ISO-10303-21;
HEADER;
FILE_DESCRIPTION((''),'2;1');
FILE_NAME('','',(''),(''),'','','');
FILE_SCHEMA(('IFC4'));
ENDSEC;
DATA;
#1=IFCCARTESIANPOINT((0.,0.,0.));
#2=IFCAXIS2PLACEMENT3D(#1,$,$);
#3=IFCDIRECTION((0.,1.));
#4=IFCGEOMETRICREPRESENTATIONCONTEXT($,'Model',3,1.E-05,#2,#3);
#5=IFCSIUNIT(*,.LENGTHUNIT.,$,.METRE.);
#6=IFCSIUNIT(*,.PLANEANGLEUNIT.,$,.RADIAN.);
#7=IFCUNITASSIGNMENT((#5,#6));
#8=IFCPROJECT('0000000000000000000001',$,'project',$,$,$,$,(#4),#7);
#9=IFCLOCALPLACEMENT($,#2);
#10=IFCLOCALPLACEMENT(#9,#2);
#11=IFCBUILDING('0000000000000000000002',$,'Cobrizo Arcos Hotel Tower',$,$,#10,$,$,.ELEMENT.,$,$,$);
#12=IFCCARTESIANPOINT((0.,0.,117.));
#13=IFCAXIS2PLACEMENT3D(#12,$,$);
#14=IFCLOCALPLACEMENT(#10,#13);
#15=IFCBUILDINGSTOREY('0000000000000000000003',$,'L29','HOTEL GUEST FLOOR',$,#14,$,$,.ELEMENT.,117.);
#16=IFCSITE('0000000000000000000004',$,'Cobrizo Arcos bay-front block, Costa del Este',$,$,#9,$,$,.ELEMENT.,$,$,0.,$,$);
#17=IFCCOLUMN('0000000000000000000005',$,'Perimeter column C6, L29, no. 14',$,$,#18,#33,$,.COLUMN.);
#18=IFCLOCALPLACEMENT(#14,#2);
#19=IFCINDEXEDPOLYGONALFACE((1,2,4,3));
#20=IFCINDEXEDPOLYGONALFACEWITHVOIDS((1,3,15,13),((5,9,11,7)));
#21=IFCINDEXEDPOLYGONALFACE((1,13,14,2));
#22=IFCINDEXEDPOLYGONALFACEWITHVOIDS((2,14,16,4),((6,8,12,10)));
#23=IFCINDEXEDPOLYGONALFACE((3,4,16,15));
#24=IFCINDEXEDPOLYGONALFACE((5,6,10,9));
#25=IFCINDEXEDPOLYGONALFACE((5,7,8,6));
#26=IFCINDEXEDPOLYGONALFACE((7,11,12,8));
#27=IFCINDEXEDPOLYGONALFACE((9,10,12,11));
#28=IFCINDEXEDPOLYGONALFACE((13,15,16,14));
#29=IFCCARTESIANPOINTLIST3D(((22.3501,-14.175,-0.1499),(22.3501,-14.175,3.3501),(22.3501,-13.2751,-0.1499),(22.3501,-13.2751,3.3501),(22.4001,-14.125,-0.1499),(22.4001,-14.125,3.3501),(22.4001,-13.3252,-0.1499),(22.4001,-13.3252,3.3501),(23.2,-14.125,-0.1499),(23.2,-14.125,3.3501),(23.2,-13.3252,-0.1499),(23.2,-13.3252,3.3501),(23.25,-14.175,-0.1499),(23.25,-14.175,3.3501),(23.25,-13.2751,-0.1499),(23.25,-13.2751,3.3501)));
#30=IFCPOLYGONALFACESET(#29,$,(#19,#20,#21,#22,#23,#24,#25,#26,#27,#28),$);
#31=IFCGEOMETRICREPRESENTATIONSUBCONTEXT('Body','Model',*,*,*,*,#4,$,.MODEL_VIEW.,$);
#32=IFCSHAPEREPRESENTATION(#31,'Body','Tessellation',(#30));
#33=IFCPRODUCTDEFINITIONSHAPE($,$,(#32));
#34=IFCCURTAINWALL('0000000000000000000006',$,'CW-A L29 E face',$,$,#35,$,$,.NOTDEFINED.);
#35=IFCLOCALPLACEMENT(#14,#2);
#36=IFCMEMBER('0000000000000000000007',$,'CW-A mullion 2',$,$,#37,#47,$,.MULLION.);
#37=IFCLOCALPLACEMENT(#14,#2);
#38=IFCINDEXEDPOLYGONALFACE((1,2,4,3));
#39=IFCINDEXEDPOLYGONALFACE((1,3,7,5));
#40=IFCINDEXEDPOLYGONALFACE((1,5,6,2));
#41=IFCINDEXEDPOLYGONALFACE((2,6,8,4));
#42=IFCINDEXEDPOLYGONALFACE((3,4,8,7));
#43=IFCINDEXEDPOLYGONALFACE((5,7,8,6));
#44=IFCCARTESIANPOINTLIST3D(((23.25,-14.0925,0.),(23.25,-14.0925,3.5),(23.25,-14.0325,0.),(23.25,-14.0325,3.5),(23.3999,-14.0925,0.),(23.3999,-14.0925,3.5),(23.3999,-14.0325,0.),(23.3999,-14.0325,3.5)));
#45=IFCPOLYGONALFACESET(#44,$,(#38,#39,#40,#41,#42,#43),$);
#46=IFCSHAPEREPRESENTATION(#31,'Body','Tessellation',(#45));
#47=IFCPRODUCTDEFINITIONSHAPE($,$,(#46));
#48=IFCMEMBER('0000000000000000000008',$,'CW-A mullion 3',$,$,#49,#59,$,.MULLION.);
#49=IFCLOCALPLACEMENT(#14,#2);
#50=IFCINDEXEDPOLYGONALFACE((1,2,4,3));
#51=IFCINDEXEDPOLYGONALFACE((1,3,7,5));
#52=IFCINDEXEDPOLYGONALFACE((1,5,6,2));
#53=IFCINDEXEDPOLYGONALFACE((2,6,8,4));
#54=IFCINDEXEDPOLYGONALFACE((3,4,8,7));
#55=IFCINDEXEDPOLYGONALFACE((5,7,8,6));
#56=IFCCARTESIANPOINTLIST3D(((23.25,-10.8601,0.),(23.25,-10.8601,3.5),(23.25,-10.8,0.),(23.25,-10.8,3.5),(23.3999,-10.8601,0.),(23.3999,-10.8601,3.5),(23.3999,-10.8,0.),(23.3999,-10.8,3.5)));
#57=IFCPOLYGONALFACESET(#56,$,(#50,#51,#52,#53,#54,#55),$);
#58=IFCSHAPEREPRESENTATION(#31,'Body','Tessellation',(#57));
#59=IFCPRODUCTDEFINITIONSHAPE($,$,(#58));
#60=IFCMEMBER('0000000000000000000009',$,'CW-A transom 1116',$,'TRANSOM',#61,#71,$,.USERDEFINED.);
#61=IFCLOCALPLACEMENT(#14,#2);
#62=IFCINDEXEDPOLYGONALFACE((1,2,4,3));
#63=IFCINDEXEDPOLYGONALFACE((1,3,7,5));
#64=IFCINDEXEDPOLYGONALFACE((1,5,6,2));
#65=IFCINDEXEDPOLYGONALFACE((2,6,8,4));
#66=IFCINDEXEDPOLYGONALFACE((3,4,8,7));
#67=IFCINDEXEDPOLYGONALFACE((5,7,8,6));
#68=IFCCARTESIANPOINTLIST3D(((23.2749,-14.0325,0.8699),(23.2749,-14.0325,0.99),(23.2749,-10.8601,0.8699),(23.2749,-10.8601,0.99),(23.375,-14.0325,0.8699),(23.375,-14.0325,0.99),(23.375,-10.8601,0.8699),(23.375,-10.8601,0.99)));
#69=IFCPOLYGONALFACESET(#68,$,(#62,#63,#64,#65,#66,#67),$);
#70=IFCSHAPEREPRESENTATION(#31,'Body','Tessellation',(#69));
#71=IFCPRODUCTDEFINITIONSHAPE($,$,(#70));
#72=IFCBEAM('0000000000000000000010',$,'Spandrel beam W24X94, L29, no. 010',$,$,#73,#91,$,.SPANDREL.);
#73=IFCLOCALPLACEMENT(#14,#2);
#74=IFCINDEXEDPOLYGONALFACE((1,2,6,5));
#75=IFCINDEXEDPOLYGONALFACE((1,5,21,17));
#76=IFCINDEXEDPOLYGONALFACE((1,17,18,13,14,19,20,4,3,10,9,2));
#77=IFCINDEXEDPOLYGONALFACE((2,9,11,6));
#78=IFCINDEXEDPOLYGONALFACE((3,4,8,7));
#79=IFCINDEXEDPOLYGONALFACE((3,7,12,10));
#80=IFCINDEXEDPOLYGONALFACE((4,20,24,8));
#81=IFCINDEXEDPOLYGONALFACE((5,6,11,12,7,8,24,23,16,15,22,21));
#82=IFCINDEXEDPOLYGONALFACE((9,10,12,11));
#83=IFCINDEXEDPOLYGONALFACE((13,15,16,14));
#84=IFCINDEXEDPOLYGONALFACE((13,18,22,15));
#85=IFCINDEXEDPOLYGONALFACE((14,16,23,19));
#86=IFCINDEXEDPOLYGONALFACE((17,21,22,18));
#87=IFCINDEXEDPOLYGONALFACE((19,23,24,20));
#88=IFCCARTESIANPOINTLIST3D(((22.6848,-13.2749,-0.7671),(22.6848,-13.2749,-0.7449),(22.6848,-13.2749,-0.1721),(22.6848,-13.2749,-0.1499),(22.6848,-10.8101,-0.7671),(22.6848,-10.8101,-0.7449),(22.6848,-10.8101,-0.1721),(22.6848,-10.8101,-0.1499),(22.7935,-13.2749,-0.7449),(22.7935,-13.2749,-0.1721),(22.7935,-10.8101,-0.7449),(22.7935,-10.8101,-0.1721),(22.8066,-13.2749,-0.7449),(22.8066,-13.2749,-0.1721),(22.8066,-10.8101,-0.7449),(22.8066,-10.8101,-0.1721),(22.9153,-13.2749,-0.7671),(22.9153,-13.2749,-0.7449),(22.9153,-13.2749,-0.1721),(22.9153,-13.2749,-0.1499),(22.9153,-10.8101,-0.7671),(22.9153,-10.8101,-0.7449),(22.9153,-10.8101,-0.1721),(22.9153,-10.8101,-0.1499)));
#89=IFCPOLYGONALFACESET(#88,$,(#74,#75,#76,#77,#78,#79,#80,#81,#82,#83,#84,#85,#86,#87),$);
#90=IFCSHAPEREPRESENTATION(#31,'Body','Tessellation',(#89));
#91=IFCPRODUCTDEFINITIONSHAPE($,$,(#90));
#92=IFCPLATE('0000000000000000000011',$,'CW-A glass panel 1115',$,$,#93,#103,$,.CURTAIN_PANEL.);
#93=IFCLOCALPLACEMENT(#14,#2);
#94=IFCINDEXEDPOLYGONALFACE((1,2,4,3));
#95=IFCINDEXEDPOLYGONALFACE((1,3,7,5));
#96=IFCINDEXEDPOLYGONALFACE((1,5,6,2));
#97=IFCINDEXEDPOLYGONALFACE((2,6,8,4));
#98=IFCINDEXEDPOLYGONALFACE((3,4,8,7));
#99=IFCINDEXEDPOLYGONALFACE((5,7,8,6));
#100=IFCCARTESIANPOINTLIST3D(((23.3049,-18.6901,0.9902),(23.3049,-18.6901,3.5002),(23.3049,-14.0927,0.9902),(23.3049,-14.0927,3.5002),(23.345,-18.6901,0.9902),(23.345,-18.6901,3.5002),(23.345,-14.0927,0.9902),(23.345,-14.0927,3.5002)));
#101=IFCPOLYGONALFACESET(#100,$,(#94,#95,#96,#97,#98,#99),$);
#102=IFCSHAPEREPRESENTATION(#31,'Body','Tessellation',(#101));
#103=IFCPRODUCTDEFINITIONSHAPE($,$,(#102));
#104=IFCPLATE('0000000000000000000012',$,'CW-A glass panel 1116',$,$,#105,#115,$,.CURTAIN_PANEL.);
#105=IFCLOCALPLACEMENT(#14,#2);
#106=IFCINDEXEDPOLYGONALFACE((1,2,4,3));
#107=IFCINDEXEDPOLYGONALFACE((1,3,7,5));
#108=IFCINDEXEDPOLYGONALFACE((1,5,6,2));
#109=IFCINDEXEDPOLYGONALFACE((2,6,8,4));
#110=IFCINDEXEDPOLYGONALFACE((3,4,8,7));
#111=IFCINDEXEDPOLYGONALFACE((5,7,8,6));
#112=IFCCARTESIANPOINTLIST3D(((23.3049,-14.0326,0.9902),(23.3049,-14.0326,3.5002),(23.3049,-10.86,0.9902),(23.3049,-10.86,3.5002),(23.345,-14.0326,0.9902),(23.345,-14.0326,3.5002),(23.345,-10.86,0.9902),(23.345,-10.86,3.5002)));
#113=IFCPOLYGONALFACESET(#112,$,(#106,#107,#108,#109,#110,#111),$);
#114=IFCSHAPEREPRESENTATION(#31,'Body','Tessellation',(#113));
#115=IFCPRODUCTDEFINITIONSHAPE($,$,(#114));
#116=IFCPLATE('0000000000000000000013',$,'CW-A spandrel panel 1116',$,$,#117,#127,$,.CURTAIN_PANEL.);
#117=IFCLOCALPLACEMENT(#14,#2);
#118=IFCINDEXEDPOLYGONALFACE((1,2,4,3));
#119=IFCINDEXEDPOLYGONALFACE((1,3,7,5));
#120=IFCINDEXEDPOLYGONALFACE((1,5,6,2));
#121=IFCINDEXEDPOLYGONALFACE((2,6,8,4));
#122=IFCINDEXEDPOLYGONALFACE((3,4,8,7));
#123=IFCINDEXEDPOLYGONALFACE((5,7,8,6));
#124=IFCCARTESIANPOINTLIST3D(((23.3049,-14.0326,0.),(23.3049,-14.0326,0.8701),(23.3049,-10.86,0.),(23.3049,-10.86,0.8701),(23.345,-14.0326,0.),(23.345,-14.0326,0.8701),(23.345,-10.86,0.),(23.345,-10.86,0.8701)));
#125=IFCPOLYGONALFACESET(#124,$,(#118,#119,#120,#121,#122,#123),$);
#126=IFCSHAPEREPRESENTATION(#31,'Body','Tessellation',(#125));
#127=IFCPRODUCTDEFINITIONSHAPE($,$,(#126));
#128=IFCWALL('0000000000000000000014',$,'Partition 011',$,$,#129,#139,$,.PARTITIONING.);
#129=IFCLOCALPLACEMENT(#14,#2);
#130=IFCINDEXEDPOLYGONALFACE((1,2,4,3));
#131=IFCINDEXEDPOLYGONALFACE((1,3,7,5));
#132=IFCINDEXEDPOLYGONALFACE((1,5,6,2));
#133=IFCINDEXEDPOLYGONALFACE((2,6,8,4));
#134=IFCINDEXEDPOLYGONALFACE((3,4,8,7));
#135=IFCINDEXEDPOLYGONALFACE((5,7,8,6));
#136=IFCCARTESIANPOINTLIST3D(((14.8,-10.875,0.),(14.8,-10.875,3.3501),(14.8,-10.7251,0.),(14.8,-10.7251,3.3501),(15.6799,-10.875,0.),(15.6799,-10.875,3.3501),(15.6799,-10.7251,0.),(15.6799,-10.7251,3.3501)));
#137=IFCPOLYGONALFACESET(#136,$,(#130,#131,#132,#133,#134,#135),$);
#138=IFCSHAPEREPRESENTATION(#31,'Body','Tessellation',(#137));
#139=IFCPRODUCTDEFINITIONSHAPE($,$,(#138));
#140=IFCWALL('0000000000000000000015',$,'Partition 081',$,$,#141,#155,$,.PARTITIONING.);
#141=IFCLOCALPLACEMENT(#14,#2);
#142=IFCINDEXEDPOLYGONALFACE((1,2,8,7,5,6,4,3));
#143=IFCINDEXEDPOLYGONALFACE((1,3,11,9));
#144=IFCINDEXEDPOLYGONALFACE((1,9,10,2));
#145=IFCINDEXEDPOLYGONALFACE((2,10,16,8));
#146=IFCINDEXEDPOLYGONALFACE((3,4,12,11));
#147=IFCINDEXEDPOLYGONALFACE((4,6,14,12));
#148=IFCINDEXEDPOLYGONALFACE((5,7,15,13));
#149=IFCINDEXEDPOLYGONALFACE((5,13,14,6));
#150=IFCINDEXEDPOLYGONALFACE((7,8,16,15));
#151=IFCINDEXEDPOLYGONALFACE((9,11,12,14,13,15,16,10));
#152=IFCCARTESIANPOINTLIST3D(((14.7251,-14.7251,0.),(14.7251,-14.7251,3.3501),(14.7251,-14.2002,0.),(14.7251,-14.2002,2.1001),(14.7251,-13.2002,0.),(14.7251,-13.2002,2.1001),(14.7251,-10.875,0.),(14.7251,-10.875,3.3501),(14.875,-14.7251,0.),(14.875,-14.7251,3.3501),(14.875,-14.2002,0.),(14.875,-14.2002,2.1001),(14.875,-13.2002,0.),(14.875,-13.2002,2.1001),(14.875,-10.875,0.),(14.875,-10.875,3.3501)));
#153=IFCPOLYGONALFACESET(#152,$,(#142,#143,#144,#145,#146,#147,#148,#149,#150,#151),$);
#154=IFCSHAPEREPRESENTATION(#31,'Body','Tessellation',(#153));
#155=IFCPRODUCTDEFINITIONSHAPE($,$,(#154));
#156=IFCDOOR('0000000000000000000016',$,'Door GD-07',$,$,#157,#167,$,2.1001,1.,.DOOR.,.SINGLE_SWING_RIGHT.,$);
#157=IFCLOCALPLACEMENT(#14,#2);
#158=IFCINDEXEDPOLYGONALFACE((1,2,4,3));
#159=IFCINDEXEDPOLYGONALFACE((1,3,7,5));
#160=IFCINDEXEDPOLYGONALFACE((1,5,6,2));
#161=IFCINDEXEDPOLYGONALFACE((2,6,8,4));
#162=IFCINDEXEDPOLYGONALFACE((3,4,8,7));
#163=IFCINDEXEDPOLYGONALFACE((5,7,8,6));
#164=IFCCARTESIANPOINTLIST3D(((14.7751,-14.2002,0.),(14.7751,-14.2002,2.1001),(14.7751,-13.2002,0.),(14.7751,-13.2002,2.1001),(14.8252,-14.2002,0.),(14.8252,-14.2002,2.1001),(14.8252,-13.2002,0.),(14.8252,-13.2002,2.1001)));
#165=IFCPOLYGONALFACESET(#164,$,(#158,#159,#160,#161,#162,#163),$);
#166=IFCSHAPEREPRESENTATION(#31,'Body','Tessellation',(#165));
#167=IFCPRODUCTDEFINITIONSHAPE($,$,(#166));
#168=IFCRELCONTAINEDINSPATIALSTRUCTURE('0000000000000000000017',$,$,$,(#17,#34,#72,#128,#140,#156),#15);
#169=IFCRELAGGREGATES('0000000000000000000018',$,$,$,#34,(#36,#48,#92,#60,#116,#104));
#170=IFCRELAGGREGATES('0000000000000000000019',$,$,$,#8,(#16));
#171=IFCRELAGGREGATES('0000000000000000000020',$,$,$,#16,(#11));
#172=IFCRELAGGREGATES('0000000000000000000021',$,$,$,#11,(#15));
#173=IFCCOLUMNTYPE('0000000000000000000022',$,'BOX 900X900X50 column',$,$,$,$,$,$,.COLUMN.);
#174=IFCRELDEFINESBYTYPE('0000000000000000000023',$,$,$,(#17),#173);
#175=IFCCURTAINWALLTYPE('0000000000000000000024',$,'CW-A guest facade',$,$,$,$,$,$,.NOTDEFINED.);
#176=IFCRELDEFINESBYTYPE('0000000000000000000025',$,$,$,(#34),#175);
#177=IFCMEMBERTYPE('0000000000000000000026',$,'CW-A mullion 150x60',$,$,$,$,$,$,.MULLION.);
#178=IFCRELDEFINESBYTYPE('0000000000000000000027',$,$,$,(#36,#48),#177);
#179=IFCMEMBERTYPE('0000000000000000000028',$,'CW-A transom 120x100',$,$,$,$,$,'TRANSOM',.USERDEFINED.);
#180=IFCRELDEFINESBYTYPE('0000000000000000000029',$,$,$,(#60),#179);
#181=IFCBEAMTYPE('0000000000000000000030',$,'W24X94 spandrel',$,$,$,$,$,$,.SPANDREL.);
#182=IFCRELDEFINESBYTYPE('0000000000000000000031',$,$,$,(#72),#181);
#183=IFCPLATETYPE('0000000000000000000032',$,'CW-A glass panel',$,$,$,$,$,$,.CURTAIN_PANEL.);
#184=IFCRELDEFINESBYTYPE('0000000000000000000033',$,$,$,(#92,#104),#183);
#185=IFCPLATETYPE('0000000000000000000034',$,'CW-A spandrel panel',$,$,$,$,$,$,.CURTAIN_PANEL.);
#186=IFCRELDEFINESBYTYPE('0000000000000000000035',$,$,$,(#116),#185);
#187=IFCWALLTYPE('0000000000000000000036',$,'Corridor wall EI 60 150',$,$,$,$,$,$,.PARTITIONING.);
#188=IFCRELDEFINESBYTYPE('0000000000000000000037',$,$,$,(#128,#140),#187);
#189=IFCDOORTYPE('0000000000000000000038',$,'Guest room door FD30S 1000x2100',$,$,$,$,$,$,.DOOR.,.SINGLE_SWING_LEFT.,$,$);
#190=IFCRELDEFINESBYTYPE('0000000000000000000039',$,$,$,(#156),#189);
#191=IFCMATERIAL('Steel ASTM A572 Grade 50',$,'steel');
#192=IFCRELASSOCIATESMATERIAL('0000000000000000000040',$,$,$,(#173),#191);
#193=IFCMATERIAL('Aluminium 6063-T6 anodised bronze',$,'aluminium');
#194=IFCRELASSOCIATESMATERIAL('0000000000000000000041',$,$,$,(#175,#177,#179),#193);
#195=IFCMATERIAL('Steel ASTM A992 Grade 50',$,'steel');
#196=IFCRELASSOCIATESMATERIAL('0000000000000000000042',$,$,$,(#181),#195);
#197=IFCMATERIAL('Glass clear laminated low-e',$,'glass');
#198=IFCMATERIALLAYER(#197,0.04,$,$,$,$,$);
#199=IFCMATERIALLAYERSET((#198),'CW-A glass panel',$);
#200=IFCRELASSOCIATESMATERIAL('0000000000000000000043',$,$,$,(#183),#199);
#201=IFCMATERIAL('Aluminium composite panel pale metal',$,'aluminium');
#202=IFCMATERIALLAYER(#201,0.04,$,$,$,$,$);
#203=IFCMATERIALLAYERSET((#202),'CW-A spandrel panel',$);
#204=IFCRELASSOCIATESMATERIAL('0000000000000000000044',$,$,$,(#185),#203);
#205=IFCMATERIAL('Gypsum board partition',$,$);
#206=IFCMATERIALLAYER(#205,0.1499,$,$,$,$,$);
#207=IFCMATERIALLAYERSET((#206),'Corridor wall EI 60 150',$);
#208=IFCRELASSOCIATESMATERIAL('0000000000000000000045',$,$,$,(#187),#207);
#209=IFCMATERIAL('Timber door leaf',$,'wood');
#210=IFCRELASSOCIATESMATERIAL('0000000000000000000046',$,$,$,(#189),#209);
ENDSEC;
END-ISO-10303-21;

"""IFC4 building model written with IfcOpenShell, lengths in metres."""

from ifc_helpers import new_model, si_unit, direction, frame, frame_2d, origin, origin_2d, place, context, subcontext, project, spatial, rectangle, hollow_rectangle, i_section, extrude, material, layer, layer_set, material_profile, profile_set, type_object, element, fill, aggregate, save


model = new_model("IFC4")

# Units and contexts
model_context = context("Model", 3, precision=1e-05, world=origin(), true_north=direction((0.0, 1.0)))
body_context = subcontext(model_context, "Body", "Model", "MODEL_VIEW")
ifc_project = project(units=[si_unit("LENGTHUNIT", "METRE"), si_unit("PLANEANGLEUNIT", "RADIAN")], contexts=[model_context])

# Site, building, storey
site_placement = place(None, origin())
site = spatial("IfcSite", under=ifc_project, at=site_placement, Name="Cobrizo Arcos bay-front block, Costa del Este", CompositionType="ELEMENT", RefElevation=0.0)
building_placement = place(site_placement, origin())
building = spatial("IfcBuilding", under=site, at=building_placement, Name="Cobrizo Arcos Hotel Tower", CompositionType="ELEMENT")
storey_placement = place(building_placement, frame((0.0, 0.0, 117.0)))
storey = spatial("IfcBuildingStorey", under=building, at=storey_placement, Name="L29", Description="HOTEL GUEST FLOOR", CompositionType="ELEMENT", Elevation=117.0)

# Column
ifc_material_1 = material(Name="Steel ASTM A572 Grade 50", Category="steel")
ifc_material_profile_1 = material_profile(ifc_material_1, hollow_rectangle(XDim=0.8999, YDim=0.8999, WallThickness=0.05, at=origin_2d()), Name="BOX 900X900X50")
ifc_profile_set_1 = profile_set([ifc_material_profile_1], Name="Steel ASTM A572 Grade 50")
column_type = type_object("IfcColumnType", Name="BOX 900X900X50 column", PredefinedType="COLUMN", material=ifc_profile_set_1)
column_placement = place(storey_placement, frame((22.8, -13.7251, -0.1499), z_axis=(0.0, 0.0, 1.0), x_axis=(1.0, 0.0, 0.0)))
element("IfcColumn", 1, at=column_placement, inside=storey, type_object=column_type, Name="Perimeter column C6, L29, no. 14", PredefinedType="COLUMN", context=body_context, shape_type="SweptSolid", body=[
    extrude(hollow_rectangle(XDim=0.8999, YDim=0.8999, WallThickness=0.05, at=origin_2d()), origin(), (0.0, 0.0, 1.0), 3.5),
])

# Curtain wall, members
ifc_material_2 = material(Name="Aluminium 6063-T6 anodised bronze", Category="aluminium")
curtain_wall_type = type_object("IfcCurtainWallType", Name="CW-A guest facade", PredefinedType="NOTDEFINED", material=ifc_material_2)
curtain_wall_placement = place(storey_placement, origin())
curtain_wall = element("IfcCurtainWall", 2, at=curtain_wall_placement, inside=storey, type_object=curtain_wall_type, Name="CW-A L29 E face", PredefinedType="NOTDEFINED")
ifc_material_profile_2 = material_profile(ifc_material_2, rectangle(XDim=0.1499, YDim=0.0601, at=origin_2d()), Name="CW-A mullion 150x60")
ifc_profile_set_2 = profile_set([ifc_material_profile_2], Name="Aluminium 6063-T6 anodised bronze")
member_type_1 = type_object("IfcMemberType", Name="CW-A mullion 150x60", PredefinedType="MULLION", material=ifc_profile_set_2)
member_1_placement = place(storey_placement, frame((23.325, -14.0625, 0.0), z_axis=(0.0, 0.0, 1.0), x_axis=(1.0, 0.0, 0.0)))
member_1 = element("IfcMember", 3, at=member_1_placement, type_object=member_type_1, Name="CW-A mullion 2", PredefinedType="MULLION", context=body_context, shape_type="SweptSolid", body=[
    extrude(rectangle(XDim=0.1499, YDim=0.0601, at=origin_2d()), origin(), (0.0, 0.0, 1.0), 3.5),
])
member_2_placement = place(storey_placement, frame((23.325, -10.8301, 0.0), z_axis=(0.0, 0.0, 1.0), x_axis=(1.0, 0.0, 0.0)))
member_2 = element("IfcMember", 4, at=member_2_placement, type_object=member_type_1, Name="CW-A mullion 3", PredefinedType="MULLION", context=body_context, shape_type="SweptSolid", body=[
    extrude(rectangle(XDim=0.1499, YDim=0.0601, at=origin_2d()), origin(), (0.0, 0.0, 1.0), 3.5),
])
ifc_material_profile_3 = material_profile(ifc_material_2, rectangle(XDim=0.1001, YDim=0.1201, at=origin_2d()), Name="CW-A transom 120x100")
ifc_profile_set_3 = profile_set([ifc_material_profile_3], Name="Aluminium 6063-T6 anodised bronze")
member_type_2 = type_object("IfcMemberType", Name="CW-A transom 120x100", ElementType="TRANSOM", PredefinedType="USERDEFINED", material=ifc_profile_set_3)
member_3_placement = place(storey_placement, frame((23.325, -14.0325, 0.9299), z_axis=(0.0, 1.0, 0.0), x_axis=(-1.0, 0.0, 0.0)))
member_3 = element("IfcMember", 5, at=member_3_placement, type_object=member_type_2, Name="CW-A transom 1116", ObjectType="TRANSOM", PredefinedType="USERDEFINED", context=body_context, shape_type="SweptSolid", body=[
    extrude(rectangle(XDim=0.1001, YDim=0.1201, at=origin_2d()), origin(), (0.0, 0.0, 1.0), 3.1724),
])

# Beam
ifc_material_3 = material(Name="Steel ASTM A992 Grade 50", Category="steel")
ifc_material_profile_4 = material_profile(ifc_material_3, i_section(OverallWidth=0.2305, OverallDepth=0.6172, WebThickness=0.0132, FlangeThickness=0.0222, at=origin_2d()), Name="W24X94")
ifc_profile_set_4 = profile_set([ifc_material_profile_4], Name="Steel ASTM A992 Grade 50")
beam_type = type_object("IfcBeamType", Name="W24X94 spandrel", PredefinedType="SPANDREL", material=ifc_profile_set_4)
beam_placement = place(storey_placement, frame((22.8, -13.2749, -0.4585), z_axis=(0.0, 1.0, 0.0), x_axis=(-1.0, 0.0, 0.0)))
element("IfcBeam", 6, at=beam_placement, inside=storey, type_object=beam_type, Name="Spandrel beam W24X94, L29, no. 010", PredefinedType="SPANDREL", context=body_context, shape_type="SweptSolid", body=[
    extrude(i_section(OverallWidth=0.2305, OverallDepth=0.6172, WebThickness=0.0132, FlangeThickness=0.0222, at=origin_2d()), origin(), (0.0, 0.0, 1.0), 2.4648),
])

# Plates
ifc_material_4 = material(Name="Glass clear laminated low-e", Category="glass")
ifc_layer_1 = layer(ifc_material_4, 0.04)
ifc_layer_set_1 = layer_set([ifc_layer_1], Name="CW-A glass panel")
plate_type_1 = type_object("IfcPlateType", Name="CW-A glass panel", PredefinedType="CURTAIN_PANEL", material=ifc_layer_set_1)
plate_1_placement = place(storey_placement, frame((23.325, -16.3914, 0.9902), z_axis=(0.0, 0.0, 1.0), x_axis=(0.0, 1.0, 0.0)))
plate_1 = element("IfcPlate", 7, at=plate_1_placement, type_object=plate_type_1, Name="CW-A glass panel 1115", PredefinedType="CURTAIN_PANEL", context=body_context, shape_type="SweptSolid", body=[
    extrude(rectangle(XDim=4.5974, YDim=0.04, at=origin_2d()), origin(), (0.0, 0.0, 1.0), 2.51),
])
plate_2_placement = place(storey_placement, frame((23.325, -12.4463, 0.9902), z_axis=(0.0, 0.0, 1.0), x_axis=(0.0, 1.0, 0.0)))
plate_2 = element("IfcPlate", 8, at=plate_2_placement, type_object=plate_type_1, Name="CW-A glass panel 1116", PredefinedType="CURTAIN_PANEL", context=body_context, shape_type="SweptSolid", body=[
    extrude(rectangle(XDim=3.1726, YDim=0.04, at=origin_2d()), origin(), (0.0, 0.0, 1.0), 2.51),
])
ifc_material_5 = material(Name="Aluminium composite panel pale metal", Category="aluminium")
ifc_layer_2 = layer(ifc_material_5, 0.04)
ifc_layer_set_2 = layer_set([ifc_layer_2], Name="CW-A spandrel panel")
plate_type_2 = type_object("IfcPlateType", Name="CW-A spandrel panel", PredefinedType="CURTAIN_PANEL", material=ifc_layer_set_2)
plate_3_placement = place(storey_placement, frame((23.325, -12.4463, 0.0), z_axis=(0.0, 0.0, 1.0), x_axis=(0.0, 1.0, 0.0)))
plate_3 = element("IfcPlate", 9, at=plate_3_placement, type_object=plate_type_2, Name="CW-A spandrel panel 1116", PredefinedType="CURTAIN_PANEL", context=body_context, shape_type="SweptSolid", body=[
    extrude(rectangle(XDim=3.1726, YDim=0.04, at=origin_2d()), origin(), (0.0, 0.0, 1.0), 0.8701),
])
aggregate(curtain_wall, [member_1, member_2, plate_1, member_3, plate_3, plate_2])

# Wall
ifc_material_6 = material(Name="Gypsum board partition")
ifc_layer_3 = layer(ifc_material_6, 0.1499)
ifc_layer_set_3 = layer_set([ifc_layer_3], Name="Corridor wall EI 60 150")
wall_type_1 = type_object("IfcWallType", Name="Corridor wall EI 60 150", PredefinedType="PARTITIONING", material=ifc_layer_set_3)
wall_1_placement = place(storey_placement, frame((14.8, -10.8, 0.0), z_axis=(0.0, 0.0, 1.0), x_axis=(1.0, 0.0, 0.0)))
element("IfcWall", 10, at=wall_1_placement, inside=storey, type_object=wall_type_1, Name="Partition 011", PredefinedType="PARTITIONING", context=body_context, shape_type="SweptSolid", body=[
    extrude(rectangle(XDim=0.8799, YDim=0.1499, at=frame_2d((0.4399, 0.0))), origin(), (0.0, 0.0, 1.0), 3.3501),
])

# Wall, opening, door
wall_2_placement = place(storey_placement, frame((14.8, -14.7251, 0.0), z_axis=(0.0, 0.0, 1.0), x_axis=(0.0, 1.0, 0.0)))
wall_2 = element("IfcWall", 11, at=wall_2_placement, inside=storey, type_object=wall_type_1, Name="Partition 081", PredefinedType="PARTITIONING", context=body_context, shape_type="SweptSolid", body=[
    extrude(rectangle(XDim=3.8501, YDim=0.1499, at=frame_2d((1.925, 0.0))), origin(), (0.0, 0.0, 1.0), 3.3501),
])
opening_1_placement = place(wall_2_placement, frame((0.5249, 0.0, 0.0)))
opening_1 = element("IfcOpeningElement", 12, at=opening_1_placement, cuts=wall_2, PredefinedType="OPENING", context=body_context, shape_type="SweptSolid", body=[
    extrude(rectangle(XDim=1.0, YDim=2.1001, at=frame_2d((0.5, 1.05))), frame((0.0, 0.0869, 0.0), z_axis=(0.0, -1.0, 0.0), x_axis=(1.0, 0.0, 0.0)), (0.0, 0.0, 1.0), 0.1738),
])
ifc_material_7 = material(Name="Timber door leaf", Category="wood")
door_type_1 = type_object("IfcDoorType", Name="Guest room door FD30S 1000x2100", OperationType="SINGLE_SWING_LEFT", PredefinedType="DOOR", material=ifc_material_7)
door_1_placement = place(opening_1_placement, origin())
door_1 = element("IfcDoor", 13, at=door_1_placement, inside=storey, type_object=door_type_1, Name="Door GD-07", OperationType="SINGLE_SWING_RIGHT", OverallHeight=2.1001, OverallWidth=1.0, PredefinedType="DOOR", context=body_context, shape_type="SweptSolid", body=[
    extrude(rectangle(XDim=1.0, YDim=2.1001, at=frame_2d((0.5, 1.05))), frame((0.0, 0.0249, 0.0), z_axis=(0.0, -1.0, 0.0), x_axis=(1.0, 0.0, 0.0)), (0.0, 0.0, 1.0), 0.05),
])
fill(opening_1, door_1)

save(model, "model.ifc")
